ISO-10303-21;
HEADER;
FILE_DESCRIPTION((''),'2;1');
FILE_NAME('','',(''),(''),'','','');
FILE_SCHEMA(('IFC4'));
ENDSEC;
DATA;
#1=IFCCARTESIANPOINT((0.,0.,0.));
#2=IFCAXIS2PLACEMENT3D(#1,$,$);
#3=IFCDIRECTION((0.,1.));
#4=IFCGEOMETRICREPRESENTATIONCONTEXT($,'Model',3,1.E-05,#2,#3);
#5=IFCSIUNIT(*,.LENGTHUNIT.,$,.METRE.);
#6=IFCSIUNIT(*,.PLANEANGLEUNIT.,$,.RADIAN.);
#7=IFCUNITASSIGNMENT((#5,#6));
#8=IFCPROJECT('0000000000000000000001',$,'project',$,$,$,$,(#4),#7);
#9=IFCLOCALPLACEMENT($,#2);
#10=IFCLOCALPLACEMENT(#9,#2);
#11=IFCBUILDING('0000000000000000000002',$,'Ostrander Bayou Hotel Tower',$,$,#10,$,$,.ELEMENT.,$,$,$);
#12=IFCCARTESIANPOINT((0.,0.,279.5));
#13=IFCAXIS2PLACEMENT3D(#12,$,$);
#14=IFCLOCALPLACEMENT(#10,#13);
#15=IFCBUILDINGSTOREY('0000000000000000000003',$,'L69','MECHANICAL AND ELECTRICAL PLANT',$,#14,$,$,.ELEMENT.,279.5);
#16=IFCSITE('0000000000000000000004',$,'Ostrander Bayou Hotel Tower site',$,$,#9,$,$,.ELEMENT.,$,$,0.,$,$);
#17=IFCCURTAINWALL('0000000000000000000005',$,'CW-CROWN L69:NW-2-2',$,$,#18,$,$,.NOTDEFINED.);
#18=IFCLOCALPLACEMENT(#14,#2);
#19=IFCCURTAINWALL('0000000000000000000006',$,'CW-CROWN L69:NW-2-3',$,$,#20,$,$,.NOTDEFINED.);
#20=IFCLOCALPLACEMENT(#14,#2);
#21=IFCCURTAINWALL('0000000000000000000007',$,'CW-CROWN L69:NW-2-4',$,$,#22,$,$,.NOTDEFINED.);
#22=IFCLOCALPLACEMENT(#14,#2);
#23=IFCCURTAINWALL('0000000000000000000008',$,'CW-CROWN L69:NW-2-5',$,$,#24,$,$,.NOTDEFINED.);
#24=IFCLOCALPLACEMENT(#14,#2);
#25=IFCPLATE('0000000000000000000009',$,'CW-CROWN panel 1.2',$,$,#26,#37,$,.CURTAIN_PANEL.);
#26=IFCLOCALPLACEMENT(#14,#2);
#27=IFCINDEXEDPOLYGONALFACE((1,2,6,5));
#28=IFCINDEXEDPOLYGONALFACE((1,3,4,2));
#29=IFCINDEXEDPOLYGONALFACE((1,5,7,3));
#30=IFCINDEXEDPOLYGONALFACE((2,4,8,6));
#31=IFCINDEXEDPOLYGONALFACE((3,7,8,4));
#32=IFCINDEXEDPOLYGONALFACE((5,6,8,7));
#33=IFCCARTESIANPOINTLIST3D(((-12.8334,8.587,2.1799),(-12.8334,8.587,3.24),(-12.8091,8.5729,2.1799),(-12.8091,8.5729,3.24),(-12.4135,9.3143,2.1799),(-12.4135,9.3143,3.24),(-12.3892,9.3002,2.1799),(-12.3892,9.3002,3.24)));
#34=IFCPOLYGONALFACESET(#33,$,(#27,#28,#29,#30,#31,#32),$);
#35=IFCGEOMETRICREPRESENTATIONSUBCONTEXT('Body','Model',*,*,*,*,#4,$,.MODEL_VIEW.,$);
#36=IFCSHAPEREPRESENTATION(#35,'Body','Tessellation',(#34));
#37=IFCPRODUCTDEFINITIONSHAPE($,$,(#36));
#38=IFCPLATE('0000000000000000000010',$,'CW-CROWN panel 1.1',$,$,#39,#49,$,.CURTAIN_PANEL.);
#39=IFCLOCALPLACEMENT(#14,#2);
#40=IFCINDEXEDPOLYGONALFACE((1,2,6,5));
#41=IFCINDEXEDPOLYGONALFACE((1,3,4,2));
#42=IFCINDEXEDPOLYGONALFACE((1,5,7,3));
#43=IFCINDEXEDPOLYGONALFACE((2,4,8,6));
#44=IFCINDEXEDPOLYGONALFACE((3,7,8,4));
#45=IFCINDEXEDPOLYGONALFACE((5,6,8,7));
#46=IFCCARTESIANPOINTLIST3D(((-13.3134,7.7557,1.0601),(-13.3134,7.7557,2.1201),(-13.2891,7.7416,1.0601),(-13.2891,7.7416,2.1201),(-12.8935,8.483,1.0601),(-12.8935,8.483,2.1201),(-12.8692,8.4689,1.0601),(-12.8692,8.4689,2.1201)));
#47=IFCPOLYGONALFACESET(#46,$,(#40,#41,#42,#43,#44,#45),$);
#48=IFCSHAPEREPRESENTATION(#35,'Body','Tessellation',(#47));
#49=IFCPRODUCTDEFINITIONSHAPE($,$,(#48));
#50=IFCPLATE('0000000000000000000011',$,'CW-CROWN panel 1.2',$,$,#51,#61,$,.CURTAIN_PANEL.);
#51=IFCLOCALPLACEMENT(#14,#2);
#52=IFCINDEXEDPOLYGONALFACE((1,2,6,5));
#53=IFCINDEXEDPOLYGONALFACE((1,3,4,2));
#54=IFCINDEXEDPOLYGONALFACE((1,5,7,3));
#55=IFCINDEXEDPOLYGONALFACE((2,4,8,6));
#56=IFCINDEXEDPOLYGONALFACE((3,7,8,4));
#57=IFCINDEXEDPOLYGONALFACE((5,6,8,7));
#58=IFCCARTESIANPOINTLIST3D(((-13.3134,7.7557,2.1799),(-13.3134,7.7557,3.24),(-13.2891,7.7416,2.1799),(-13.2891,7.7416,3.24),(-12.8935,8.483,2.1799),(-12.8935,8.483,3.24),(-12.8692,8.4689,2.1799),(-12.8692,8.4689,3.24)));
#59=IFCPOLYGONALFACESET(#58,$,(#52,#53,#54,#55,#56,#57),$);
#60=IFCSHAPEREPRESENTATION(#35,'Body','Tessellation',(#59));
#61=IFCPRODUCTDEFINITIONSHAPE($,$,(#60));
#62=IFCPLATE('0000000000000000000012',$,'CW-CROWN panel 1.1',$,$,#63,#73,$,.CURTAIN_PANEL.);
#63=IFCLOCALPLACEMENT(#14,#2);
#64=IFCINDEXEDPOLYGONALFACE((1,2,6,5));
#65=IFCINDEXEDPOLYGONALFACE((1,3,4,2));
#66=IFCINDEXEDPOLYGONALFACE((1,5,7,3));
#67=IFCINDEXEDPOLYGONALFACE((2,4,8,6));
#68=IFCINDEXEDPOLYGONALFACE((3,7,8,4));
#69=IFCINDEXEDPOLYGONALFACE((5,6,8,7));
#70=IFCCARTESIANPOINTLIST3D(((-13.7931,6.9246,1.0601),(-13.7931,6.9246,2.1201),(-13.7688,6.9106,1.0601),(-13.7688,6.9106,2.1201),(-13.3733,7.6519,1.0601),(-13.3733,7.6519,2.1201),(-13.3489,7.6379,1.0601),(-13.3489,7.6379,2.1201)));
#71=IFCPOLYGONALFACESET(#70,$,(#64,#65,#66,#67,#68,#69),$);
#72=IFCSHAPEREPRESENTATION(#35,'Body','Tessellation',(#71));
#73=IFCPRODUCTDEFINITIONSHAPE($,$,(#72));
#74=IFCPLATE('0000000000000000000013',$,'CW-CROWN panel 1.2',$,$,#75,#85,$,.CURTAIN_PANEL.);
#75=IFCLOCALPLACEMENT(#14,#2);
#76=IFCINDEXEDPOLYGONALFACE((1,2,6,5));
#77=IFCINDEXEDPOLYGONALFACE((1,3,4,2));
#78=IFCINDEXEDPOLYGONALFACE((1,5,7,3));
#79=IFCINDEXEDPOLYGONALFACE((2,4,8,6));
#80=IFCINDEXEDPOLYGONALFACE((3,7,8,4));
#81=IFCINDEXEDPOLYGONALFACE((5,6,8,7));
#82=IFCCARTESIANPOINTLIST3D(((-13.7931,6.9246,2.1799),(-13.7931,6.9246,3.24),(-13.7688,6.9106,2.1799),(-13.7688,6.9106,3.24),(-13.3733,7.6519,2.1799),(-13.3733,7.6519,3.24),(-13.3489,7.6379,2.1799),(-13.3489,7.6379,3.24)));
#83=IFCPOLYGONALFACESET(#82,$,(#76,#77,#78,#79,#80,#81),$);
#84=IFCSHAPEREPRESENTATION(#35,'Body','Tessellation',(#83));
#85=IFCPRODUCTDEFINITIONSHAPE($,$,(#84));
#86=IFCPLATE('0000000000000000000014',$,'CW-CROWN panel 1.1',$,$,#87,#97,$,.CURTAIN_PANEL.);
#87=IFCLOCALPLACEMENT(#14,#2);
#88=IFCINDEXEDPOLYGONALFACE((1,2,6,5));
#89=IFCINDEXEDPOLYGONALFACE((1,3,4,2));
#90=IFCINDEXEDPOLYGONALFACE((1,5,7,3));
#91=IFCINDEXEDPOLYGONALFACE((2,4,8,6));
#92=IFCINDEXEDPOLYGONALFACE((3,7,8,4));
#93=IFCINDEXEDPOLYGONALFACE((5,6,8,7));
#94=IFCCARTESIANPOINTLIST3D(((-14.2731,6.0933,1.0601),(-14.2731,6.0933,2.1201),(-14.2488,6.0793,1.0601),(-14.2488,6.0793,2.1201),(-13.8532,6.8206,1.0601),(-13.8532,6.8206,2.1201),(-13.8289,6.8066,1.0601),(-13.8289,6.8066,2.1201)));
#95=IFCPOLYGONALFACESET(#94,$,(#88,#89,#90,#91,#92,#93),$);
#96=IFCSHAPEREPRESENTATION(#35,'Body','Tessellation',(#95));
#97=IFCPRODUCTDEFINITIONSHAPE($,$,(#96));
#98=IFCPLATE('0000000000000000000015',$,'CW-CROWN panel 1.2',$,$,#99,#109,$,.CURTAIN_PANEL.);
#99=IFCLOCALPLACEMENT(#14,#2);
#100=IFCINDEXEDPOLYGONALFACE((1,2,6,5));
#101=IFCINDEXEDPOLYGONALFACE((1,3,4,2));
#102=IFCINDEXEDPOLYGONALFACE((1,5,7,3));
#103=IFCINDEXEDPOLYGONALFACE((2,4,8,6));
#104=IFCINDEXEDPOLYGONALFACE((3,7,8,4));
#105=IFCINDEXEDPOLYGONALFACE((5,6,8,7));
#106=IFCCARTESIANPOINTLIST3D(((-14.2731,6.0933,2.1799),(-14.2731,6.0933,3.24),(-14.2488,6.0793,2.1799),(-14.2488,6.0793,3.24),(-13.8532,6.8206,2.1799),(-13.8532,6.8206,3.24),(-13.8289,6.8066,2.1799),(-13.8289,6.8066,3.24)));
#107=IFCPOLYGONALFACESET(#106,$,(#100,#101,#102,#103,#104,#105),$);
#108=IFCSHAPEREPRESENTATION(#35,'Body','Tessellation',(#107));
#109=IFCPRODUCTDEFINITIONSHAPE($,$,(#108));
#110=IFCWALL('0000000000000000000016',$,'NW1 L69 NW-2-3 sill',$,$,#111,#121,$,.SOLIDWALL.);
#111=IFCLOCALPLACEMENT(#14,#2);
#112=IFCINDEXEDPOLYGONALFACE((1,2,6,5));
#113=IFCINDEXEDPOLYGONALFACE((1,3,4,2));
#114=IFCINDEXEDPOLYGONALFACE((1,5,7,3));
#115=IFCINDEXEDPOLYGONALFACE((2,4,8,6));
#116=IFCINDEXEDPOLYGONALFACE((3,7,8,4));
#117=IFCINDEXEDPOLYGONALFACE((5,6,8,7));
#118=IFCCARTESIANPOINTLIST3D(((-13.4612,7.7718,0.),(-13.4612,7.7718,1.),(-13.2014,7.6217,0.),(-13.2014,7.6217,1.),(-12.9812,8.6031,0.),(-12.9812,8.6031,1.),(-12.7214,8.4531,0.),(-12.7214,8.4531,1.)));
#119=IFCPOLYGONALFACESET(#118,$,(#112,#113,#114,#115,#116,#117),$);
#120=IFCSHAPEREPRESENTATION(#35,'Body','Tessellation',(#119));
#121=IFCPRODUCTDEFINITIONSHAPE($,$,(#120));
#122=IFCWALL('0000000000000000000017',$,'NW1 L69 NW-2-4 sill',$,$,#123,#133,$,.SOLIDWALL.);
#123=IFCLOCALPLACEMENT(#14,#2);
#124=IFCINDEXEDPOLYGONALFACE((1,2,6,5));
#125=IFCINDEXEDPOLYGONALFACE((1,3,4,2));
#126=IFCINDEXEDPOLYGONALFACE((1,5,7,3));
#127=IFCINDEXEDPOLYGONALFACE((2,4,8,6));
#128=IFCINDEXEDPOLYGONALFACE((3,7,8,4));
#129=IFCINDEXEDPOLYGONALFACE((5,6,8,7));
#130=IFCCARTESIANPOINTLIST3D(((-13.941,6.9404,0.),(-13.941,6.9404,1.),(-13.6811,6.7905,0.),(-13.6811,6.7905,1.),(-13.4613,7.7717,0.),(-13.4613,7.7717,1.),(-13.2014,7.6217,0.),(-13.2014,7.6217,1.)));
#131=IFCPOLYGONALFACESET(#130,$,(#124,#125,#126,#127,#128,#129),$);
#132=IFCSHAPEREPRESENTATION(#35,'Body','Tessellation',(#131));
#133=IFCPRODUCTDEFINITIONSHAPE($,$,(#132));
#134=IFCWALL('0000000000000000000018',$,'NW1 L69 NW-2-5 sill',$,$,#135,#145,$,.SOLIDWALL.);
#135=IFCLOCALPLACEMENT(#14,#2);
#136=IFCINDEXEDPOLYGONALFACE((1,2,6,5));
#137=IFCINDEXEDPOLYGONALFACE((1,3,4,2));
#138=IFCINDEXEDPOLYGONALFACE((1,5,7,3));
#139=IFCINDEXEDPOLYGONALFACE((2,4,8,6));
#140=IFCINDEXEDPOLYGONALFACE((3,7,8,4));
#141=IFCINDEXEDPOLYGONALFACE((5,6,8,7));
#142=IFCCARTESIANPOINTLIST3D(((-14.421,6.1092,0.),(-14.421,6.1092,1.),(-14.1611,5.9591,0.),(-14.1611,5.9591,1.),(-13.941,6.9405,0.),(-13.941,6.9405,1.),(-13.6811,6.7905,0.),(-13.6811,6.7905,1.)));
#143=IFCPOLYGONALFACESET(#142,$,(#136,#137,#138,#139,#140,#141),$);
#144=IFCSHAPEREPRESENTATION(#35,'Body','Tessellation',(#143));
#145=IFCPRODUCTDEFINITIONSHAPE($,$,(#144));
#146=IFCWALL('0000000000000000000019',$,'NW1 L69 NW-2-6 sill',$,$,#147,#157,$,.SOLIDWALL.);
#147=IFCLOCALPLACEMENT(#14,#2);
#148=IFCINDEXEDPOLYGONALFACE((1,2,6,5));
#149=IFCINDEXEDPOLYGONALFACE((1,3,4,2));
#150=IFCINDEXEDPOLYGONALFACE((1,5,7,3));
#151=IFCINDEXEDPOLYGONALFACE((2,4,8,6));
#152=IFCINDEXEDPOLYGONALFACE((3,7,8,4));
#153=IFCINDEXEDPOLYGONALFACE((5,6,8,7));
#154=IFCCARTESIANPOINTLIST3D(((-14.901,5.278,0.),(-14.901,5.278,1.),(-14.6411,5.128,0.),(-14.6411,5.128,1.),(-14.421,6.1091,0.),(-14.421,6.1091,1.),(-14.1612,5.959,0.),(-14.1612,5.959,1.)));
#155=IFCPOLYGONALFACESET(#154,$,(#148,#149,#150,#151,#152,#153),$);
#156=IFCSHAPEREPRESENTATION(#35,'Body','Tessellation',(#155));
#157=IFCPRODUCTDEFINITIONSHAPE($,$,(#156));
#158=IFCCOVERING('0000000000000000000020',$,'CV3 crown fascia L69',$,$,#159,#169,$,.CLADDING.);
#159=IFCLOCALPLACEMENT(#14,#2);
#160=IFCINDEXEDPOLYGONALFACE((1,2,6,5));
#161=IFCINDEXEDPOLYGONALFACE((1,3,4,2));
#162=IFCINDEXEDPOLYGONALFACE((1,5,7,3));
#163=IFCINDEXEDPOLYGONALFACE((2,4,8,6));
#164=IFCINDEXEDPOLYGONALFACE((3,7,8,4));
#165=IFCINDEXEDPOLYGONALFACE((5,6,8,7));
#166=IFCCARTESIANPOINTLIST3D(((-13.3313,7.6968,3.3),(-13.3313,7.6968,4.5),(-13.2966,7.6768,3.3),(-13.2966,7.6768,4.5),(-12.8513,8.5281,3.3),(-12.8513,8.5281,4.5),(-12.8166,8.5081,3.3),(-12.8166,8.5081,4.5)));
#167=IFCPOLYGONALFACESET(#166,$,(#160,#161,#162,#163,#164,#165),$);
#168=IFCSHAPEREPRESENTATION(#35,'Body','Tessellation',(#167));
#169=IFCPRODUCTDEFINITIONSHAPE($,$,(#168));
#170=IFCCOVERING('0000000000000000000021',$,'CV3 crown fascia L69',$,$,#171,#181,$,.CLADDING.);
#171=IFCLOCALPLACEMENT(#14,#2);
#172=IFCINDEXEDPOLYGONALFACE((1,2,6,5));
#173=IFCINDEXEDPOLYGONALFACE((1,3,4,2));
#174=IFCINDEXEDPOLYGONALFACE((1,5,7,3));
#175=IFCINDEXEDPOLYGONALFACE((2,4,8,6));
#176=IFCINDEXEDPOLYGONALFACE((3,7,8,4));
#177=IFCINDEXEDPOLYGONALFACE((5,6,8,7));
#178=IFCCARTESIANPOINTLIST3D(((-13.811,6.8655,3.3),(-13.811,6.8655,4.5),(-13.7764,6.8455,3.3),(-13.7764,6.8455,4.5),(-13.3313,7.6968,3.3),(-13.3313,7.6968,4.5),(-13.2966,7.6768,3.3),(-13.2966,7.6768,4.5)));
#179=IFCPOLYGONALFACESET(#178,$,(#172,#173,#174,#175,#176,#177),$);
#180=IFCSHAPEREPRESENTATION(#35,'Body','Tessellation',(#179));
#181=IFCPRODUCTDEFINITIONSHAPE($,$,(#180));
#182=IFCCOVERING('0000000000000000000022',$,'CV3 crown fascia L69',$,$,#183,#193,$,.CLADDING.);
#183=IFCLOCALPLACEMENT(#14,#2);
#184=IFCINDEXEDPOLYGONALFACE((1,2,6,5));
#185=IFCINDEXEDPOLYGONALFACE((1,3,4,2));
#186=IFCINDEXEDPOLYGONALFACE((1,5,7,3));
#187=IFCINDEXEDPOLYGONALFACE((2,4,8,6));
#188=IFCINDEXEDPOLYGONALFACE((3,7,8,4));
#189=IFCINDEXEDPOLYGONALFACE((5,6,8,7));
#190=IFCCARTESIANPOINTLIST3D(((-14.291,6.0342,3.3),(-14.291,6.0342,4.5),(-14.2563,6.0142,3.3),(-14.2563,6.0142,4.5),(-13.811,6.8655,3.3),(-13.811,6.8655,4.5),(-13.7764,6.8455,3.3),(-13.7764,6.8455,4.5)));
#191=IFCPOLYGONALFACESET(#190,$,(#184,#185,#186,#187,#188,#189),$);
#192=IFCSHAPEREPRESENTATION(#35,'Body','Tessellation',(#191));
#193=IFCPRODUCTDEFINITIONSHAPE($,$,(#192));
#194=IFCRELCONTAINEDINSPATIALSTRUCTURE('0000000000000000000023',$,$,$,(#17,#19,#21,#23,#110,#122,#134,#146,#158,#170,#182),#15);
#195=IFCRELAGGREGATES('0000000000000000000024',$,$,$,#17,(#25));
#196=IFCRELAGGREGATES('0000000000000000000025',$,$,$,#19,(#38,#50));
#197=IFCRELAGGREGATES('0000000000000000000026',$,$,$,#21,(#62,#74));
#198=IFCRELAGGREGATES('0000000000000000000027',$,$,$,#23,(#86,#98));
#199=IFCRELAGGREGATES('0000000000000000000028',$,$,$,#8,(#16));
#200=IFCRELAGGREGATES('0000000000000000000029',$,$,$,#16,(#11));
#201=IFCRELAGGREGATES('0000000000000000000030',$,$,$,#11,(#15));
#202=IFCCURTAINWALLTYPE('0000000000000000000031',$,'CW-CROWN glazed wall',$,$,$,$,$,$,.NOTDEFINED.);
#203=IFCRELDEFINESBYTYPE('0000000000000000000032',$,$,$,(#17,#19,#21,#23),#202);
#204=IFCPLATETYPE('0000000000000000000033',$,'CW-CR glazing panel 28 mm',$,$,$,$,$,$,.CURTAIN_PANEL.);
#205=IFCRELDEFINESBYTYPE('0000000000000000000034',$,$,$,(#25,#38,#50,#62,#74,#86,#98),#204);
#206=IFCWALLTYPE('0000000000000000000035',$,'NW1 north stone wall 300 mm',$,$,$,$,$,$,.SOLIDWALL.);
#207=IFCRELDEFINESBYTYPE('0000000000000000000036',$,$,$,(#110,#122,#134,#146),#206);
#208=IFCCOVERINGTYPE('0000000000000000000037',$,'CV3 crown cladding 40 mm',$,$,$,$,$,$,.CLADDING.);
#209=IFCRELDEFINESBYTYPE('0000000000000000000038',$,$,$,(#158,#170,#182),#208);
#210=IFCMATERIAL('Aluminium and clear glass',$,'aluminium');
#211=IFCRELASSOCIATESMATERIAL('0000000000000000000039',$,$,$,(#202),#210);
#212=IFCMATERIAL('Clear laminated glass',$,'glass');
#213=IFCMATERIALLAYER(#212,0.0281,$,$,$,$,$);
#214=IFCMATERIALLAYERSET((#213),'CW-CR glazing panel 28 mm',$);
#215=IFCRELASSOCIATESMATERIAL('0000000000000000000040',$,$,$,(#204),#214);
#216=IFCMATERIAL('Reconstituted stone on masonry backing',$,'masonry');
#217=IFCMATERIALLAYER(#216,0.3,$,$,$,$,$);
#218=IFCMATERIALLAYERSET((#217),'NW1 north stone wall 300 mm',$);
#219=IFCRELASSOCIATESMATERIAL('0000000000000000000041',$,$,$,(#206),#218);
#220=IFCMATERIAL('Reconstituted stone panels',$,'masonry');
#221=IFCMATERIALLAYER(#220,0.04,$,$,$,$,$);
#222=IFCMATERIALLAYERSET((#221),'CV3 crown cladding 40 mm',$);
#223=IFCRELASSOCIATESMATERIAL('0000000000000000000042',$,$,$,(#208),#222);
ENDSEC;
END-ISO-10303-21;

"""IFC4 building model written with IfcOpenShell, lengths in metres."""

from ifc_helpers import new_model, si_unit, direction, frame, frame_2d, origin, origin_2d, place, context, subcontext, project, spatial, polyline, rectangle, outline, extrude, material, layer, layer_set, type_object, element, aggregate, save


model = new_model("IFC4")

# Units and contexts
model_context = context("Model", 3, precision=1e-05, world=origin(), true_north=direction((0.0, 1.0)))
body_context = subcontext(model_context, "Body", "Model", "MODEL_VIEW")
ifc_project = project(units=[si_unit("LENGTHUNIT", "METRE"), si_unit("PLANEANGLEUNIT", "RADIAN")], contexts=[model_context])

# Site, building, storey
site_placement = place(None, origin())
site = spatial("IfcSite", under=ifc_project, at=site_placement, Name="Ostrander Bayou Hotel Tower site", CompositionType="ELEMENT", RefElevation=0.0)
building_placement = place(site_placement, origin())
building = spatial("IfcBuilding", under=site, at=building_placement, Name="Ostrander Bayou Hotel Tower", CompositionType="ELEMENT")
storey_placement = place(building_placement, frame((0.0, 0.0, 279.5)))
storey = spatial("IfcBuildingStorey", under=building, at=storey_placement, Name="L69", Description="MECHANICAL AND ELECTRICAL PLANT", CompositionType="ELEMENT", Elevation=279.5)

# Curtain wall
ifc_material_1 = material(Name="Aluminium and clear glass", Category="aluminium")
curtain_wall_type = type_object("IfcCurtainWallType", Name="CW-CROWN glazed wall", PredefinedType="NOTDEFINED", material=ifc_material_1)
curtain_wall_1_placement = place(storey_placement, origin())
curtain_wall_1 = element("IfcCurtainWall", 1, at=curtain_wall_1_placement, inside=storey, type_object=curtain_wall_type, Name="CW-CROWN L69:NW-2-2", PredefinedType="NOTDEFINED")

# Curtain walls
curtain_wall_2_placement = place(storey_placement, origin())
curtain_wall_2 = element("IfcCurtainWall", 2, at=curtain_wall_2_placement, inside=storey, type_object=curtain_wall_type, Name="CW-CROWN L69:NW-2-3", PredefinedType="NOTDEFINED")
curtain_wall_3_placement = place(storey_placement, origin())
curtain_wall_3 = element("IfcCurtainWall", 3, at=curtain_wall_3_placement, inside=storey, type_object=curtain_wall_type, Name="CW-CROWN L69:NW-2-4", PredefinedType="NOTDEFINED")
curtain_wall_4_placement = place(storey_placement, origin())
curtain_wall_4 = element("IfcCurtainWall", 4, at=curtain_wall_4_placement, inside=storey, type_object=curtain_wall_type, Name="CW-CROWN L69:NW-2-5", PredefinedType="NOTDEFINED")

# Plates
ifc_material_2 = material(Name="Clear laminated glass", Category="glass")
ifc_layer_1 = layer(ifc_material_2, 0.0281)
ifc_layer_set_1 = layer_set([ifc_layer_1], Name="CW-CR glazing panel 28 mm")
plate_type = type_object("IfcPlateType", Name="CW-CR glazing panel 28 mm", PredefinedType="CURTAIN_PANEL", material=ifc_layer_set_1)
plate_1_placement = place(storey_placement, frame((-12.6113, 8.9436, 2.1799), z_axis=(0.0, 0.0, 1.0), x_axis=(-0.500005, -0.866022, 0.0)))
plate_1 = element("IfcPlate", 5, at=plate_1_placement, type_object=plate_type, Name="CW-CROWN panel 1.2", PredefinedType="CURTAIN_PANEL", context=body_context, shape_type="SweptSolid", body=[
    extrude(rectangle(XDim=0.8398, YDim=0.0281, at=origin_2d()), origin(), (0.0, 0.0, 1.0), 1.0601),
])
aggregate(curtain_wall_1, [plate_1])
plate_2_placement = place(storey_placement, frame((-13.0913, 8.1123, 1.0601), z_axis=(0.0, 0.0, 1.0), x_axis=(-0.500005, -0.866022, 0.0)))
plate_2 = element("IfcPlate", 6, at=plate_2_placement, type_object=plate_type, Name="CW-CROWN panel 1.1", PredefinedType="CURTAIN_PANEL", context=body_context, shape_type="SweptSolid", body=[
    extrude(rectangle(XDim=0.8398, YDim=0.0281, at=origin_2d()), origin(), (0.0, 0.0, 1.0), 1.0601),
])
plate_3_placement = place(storey_placement, frame((-13.0913, 8.1123, 2.1799), z_axis=(0.0, 0.0, 1.0), x_axis=(-0.500005, -0.866022, 0.0)))
plate_3 = element("IfcPlate", 7, at=plate_3_placement, type_object=plate_type, Name="CW-CROWN panel 1.2", PredefinedType="CURTAIN_PANEL", context=body_context, shape_type="SweptSolid", body=[
    extrude(rectangle(XDim=0.8398, YDim=0.0281, at=origin_2d()), origin(), (0.0, 0.0, 1.0), 1.0601),
])
aggregate(curtain_wall_2, [plate_2, plate_3])
plate_4_placement = place(storey_placement, frame((-13.571, 7.2812, 1.0601), z_axis=(0.0, 0.0, 1.0), x_axis=(-0.49996, -0.866049, 0.0)))
plate_4 = element("IfcPlate", 8, at=plate_4_placement, type_object=plate_type, Name="CW-CROWN panel 1.1", PredefinedType="CURTAIN_PANEL", context=body_context, shape_type="SweptSolid", body=[
    extrude(rectangle(XDim=0.8398, YDim=0.0281, at=origin_2d()), origin(), (0.0, 0.0, 1.0), 1.0601),
])
plate_5_placement = place(storey_placement, frame((-13.571, 7.2812, 2.1799), z_axis=(0.0, 0.0, 1.0), x_axis=(-0.49996, -0.866049, 0.0)))
plate_5 = element("IfcPlate", 9, at=plate_5_placement, type_object=plate_type, Name="CW-CROWN panel 1.2", PredefinedType="CURTAIN_PANEL", context=body_context, shape_type="SweptSolid", body=[
    extrude(rectangle(XDim=0.8398, YDim=0.0281, at=origin_2d()), origin(), (0.0, 0.0, 1.0), 1.0601),
])
aggregate(curtain_wall_3, [plate_4, plate_5])
plate_6_placement = place(storey_placement, frame((-14.051, 6.45, 1.0601), z_axis=(0.0, 0.0, 1.0), x_axis=(-0.500005, -0.866022, 0.0)))
plate_6 = element("IfcPlate", 10, at=plate_6_placement, type_object=plate_type, Name="CW-CROWN panel 1.1", PredefinedType="CURTAIN_PANEL", context=body_context, shape_type="SweptSolid", body=[
    extrude(rectangle(XDim=0.8398, YDim=0.0281, at=origin_2d()), origin(), (0.0, 0.0, 1.0), 1.0601),
])
plate_7_placement = place(storey_placement, frame((-14.051, 6.45, 2.1799), z_axis=(0.0, 0.0, 1.0), x_axis=(-0.500005, -0.866022, 0.0)))
plate_7 = element("IfcPlate", 11, at=plate_7_placement, type_object=plate_type, Name="CW-CROWN panel 1.2", PredefinedType="CURTAIN_PANEL", context=body_context, shape_type="SweptSolid", body=[
    extrude(rectangle(XDim=0.8398, YDim=0.0281, at=origin_2d()), origin(), (0.0, 0.0, 1.0), 1.0601),
])
aggregate(curtain_wall_4, [plate_6, plate_7])

# Walls
ifc_material_3 = material(Name="Reconstituted stone on masonry backing", Category="masonry")
ifc_layer_2 = layer(ifc_material_3, 0.3)
ifc_layer_set_2 = layer_set([ifc_layer_2], Name="NW1 north stone wall 300 mm")
wall_type = type_object("IfcWallType", Name="NW1 north stone wall 300 mm", PredefinedType="SOLIDWALL", material=ifc_layer_set_2)
wall_1_placement = place(storey_placement, frame((-12.8513, 8.5281, 0.0), z_axis=(0.0, 0.0, 1.0), x_axis=(-0.500023, -0.866012, 0.0)))
element("IfcWall", 12, at=wall_1_placement, inside=storey, type_object=wall_type, Name="NW1 L69 NW-2-3 sill", PredefinedType="SOLIDWALL", context=body_context, shape_type="SweptSolid", body=[
    extrude(rectangle(XDim=0.96, YDim=0.3, at=frame_2d((0.48, 0.0))), origin(), (0.0, 0.0, 1.0), 1.0),
])
wall_2_placement = place(storey_placement, frame((-13.3313, 7.6968, 0.0), z_axis=(0.0, 0.0, 1.0), x_axis=(-0.499833, -0.866122, 0.0)))
element("IfcWall", 13, at=wall_2_placement, inside=storey, type_object=wall_type, Name="NW1 L69 NW-2-4 sill", PredefinedType="SOLIDWALL", context=body_context, shape_type="SweptSolid", body=[
    extrude(rectangle(XDim=0.9597, YDim=0.3, at=frame_2d((0.48, 0.0))), origin(), (0.0, 0.0, 1.0), 1.0),
])
wall_3_placement = place(storey_placement, frame((-13.811, 6.8655, 0.0), z_axis=(0.0, 0.0, 1.0), x_axis=(-0.500023, -0.866012, 0.0)))
element("IfcWall", 14, at=wall_3_placement, inside=storey, type_object=wall_type, Name="NW1 L69 NW-2-5 sill", PredefinedType="SOLIDWALL", context=body_context, shape_type="SweptSolid", body=[
    extrude(rectangle(XDim=0.96, YDim=0.3, at=frame_2d((0.48, 0.0))), origin(), (0.0, 0.0, 1.0), 1.0),
])
wall_4_placement = place(storey_placement, frame((-14.291, 6.0342, 0.0), z_axis=(0.0, 0.0, 1.0), x_axis=(-0.500133, -0.865948, 0.0)))
element("IfcWall", 15, at=wall_4_placement, inside=storey, type_object=wall_type, Name="NW1 L69 NW-2-6 sill", PredefinedType="SOLIDWALL", context=body_context, shape_type="SweptSolid", body=[
    extrude(rectangle(XDim=0.9597, YDim=0.3, at=frame_2d((0.48, 0.0))), origin(), (0.0, 0.0, 1.0), 1.0),
])

# Coverings
ifc_material_4 = material(Name="Reconstituted stone panels", Category="masonry")
ifc_layer_3 = layer(ifc_material_4, 0.04)
ifc_layer_set_3 = layer_set([ifc_layer_3], Name="CV3 crown cladding 40 mm")
covering_type = type_object("IfcCoveringType", Name="CV3 crown cladding 40 mm", PredefinedType="CLADDING", material=ifc_layer_set_3)
covering_1_placement = place(storey_placement, frame((-12.8513, 8.5281, 3.3), z_axis=(-0.866012, 0.500023, 0.0), x_axis=(-0.500023, -0.866012, 0.0)))
element("IfcCovering", 16, at=covering_1_placement, inside=storey, type_object=covering_type, Name="CV3 crown fascia L69", PredefinedType="CLADDING", context=body_context, shape_type="SweptSolid", body=[
    extrude(outline(polyline([(0.0, 0.0), (0.9599, 0.0), (0.9599, 1.2), (0.0, 1.2), (0.0, 0.0)])), origin(), (0.0, 0.0, -1.0), 0.04),
])
covering_2_placement = place(storey_placement, frame((-13.3313, 7.6968, 3.3), z_axis=(-0.866122, 0.499833, 0.0), x_axis=(-0.499833, -0.866122, 0.0)))
element("IfcCovering", 17, at=covering_2_placement, inside=storey, type_object=covering_type, Name="CV3 crown fascia L69", PredefinedType="CLADDING", context=body_context, shape_type="SweptSolid", body=[
    extrude(outline(polyline([(0.0, 0.0), (0.9598, 0.0), (0.9598, 1.2), (0.0, 1.2), (0.0, 0.0)])), origin(), (0.0, 0.0, -1.0), 0.04),
])
covering_3_placement = place(storey_placement, frame((-13.811, 6.8655, 3.3), z_axis=(-0.866012, 0.500023, 0.0), x_axis=(-0.500023, -0.866012, 0.0)))
element("IfcCovering", 18, at=covering_3_placement, inside=storey, type_object=covering_type, Name="CV3 crown fascia L69", PredefinedType="CLADDING", context=body_context, shape_type="SweptSolid", body=[
    extrude(outline(polyline([(0.0, 0.0), (0.9599, 0.0), (0.9599, 1.2), (0.0, 1.2), (0.0, 0.0)])), origin(), (0.0, 0.0, -1.0), 0.04),
])

save(model, "model.ifc")
